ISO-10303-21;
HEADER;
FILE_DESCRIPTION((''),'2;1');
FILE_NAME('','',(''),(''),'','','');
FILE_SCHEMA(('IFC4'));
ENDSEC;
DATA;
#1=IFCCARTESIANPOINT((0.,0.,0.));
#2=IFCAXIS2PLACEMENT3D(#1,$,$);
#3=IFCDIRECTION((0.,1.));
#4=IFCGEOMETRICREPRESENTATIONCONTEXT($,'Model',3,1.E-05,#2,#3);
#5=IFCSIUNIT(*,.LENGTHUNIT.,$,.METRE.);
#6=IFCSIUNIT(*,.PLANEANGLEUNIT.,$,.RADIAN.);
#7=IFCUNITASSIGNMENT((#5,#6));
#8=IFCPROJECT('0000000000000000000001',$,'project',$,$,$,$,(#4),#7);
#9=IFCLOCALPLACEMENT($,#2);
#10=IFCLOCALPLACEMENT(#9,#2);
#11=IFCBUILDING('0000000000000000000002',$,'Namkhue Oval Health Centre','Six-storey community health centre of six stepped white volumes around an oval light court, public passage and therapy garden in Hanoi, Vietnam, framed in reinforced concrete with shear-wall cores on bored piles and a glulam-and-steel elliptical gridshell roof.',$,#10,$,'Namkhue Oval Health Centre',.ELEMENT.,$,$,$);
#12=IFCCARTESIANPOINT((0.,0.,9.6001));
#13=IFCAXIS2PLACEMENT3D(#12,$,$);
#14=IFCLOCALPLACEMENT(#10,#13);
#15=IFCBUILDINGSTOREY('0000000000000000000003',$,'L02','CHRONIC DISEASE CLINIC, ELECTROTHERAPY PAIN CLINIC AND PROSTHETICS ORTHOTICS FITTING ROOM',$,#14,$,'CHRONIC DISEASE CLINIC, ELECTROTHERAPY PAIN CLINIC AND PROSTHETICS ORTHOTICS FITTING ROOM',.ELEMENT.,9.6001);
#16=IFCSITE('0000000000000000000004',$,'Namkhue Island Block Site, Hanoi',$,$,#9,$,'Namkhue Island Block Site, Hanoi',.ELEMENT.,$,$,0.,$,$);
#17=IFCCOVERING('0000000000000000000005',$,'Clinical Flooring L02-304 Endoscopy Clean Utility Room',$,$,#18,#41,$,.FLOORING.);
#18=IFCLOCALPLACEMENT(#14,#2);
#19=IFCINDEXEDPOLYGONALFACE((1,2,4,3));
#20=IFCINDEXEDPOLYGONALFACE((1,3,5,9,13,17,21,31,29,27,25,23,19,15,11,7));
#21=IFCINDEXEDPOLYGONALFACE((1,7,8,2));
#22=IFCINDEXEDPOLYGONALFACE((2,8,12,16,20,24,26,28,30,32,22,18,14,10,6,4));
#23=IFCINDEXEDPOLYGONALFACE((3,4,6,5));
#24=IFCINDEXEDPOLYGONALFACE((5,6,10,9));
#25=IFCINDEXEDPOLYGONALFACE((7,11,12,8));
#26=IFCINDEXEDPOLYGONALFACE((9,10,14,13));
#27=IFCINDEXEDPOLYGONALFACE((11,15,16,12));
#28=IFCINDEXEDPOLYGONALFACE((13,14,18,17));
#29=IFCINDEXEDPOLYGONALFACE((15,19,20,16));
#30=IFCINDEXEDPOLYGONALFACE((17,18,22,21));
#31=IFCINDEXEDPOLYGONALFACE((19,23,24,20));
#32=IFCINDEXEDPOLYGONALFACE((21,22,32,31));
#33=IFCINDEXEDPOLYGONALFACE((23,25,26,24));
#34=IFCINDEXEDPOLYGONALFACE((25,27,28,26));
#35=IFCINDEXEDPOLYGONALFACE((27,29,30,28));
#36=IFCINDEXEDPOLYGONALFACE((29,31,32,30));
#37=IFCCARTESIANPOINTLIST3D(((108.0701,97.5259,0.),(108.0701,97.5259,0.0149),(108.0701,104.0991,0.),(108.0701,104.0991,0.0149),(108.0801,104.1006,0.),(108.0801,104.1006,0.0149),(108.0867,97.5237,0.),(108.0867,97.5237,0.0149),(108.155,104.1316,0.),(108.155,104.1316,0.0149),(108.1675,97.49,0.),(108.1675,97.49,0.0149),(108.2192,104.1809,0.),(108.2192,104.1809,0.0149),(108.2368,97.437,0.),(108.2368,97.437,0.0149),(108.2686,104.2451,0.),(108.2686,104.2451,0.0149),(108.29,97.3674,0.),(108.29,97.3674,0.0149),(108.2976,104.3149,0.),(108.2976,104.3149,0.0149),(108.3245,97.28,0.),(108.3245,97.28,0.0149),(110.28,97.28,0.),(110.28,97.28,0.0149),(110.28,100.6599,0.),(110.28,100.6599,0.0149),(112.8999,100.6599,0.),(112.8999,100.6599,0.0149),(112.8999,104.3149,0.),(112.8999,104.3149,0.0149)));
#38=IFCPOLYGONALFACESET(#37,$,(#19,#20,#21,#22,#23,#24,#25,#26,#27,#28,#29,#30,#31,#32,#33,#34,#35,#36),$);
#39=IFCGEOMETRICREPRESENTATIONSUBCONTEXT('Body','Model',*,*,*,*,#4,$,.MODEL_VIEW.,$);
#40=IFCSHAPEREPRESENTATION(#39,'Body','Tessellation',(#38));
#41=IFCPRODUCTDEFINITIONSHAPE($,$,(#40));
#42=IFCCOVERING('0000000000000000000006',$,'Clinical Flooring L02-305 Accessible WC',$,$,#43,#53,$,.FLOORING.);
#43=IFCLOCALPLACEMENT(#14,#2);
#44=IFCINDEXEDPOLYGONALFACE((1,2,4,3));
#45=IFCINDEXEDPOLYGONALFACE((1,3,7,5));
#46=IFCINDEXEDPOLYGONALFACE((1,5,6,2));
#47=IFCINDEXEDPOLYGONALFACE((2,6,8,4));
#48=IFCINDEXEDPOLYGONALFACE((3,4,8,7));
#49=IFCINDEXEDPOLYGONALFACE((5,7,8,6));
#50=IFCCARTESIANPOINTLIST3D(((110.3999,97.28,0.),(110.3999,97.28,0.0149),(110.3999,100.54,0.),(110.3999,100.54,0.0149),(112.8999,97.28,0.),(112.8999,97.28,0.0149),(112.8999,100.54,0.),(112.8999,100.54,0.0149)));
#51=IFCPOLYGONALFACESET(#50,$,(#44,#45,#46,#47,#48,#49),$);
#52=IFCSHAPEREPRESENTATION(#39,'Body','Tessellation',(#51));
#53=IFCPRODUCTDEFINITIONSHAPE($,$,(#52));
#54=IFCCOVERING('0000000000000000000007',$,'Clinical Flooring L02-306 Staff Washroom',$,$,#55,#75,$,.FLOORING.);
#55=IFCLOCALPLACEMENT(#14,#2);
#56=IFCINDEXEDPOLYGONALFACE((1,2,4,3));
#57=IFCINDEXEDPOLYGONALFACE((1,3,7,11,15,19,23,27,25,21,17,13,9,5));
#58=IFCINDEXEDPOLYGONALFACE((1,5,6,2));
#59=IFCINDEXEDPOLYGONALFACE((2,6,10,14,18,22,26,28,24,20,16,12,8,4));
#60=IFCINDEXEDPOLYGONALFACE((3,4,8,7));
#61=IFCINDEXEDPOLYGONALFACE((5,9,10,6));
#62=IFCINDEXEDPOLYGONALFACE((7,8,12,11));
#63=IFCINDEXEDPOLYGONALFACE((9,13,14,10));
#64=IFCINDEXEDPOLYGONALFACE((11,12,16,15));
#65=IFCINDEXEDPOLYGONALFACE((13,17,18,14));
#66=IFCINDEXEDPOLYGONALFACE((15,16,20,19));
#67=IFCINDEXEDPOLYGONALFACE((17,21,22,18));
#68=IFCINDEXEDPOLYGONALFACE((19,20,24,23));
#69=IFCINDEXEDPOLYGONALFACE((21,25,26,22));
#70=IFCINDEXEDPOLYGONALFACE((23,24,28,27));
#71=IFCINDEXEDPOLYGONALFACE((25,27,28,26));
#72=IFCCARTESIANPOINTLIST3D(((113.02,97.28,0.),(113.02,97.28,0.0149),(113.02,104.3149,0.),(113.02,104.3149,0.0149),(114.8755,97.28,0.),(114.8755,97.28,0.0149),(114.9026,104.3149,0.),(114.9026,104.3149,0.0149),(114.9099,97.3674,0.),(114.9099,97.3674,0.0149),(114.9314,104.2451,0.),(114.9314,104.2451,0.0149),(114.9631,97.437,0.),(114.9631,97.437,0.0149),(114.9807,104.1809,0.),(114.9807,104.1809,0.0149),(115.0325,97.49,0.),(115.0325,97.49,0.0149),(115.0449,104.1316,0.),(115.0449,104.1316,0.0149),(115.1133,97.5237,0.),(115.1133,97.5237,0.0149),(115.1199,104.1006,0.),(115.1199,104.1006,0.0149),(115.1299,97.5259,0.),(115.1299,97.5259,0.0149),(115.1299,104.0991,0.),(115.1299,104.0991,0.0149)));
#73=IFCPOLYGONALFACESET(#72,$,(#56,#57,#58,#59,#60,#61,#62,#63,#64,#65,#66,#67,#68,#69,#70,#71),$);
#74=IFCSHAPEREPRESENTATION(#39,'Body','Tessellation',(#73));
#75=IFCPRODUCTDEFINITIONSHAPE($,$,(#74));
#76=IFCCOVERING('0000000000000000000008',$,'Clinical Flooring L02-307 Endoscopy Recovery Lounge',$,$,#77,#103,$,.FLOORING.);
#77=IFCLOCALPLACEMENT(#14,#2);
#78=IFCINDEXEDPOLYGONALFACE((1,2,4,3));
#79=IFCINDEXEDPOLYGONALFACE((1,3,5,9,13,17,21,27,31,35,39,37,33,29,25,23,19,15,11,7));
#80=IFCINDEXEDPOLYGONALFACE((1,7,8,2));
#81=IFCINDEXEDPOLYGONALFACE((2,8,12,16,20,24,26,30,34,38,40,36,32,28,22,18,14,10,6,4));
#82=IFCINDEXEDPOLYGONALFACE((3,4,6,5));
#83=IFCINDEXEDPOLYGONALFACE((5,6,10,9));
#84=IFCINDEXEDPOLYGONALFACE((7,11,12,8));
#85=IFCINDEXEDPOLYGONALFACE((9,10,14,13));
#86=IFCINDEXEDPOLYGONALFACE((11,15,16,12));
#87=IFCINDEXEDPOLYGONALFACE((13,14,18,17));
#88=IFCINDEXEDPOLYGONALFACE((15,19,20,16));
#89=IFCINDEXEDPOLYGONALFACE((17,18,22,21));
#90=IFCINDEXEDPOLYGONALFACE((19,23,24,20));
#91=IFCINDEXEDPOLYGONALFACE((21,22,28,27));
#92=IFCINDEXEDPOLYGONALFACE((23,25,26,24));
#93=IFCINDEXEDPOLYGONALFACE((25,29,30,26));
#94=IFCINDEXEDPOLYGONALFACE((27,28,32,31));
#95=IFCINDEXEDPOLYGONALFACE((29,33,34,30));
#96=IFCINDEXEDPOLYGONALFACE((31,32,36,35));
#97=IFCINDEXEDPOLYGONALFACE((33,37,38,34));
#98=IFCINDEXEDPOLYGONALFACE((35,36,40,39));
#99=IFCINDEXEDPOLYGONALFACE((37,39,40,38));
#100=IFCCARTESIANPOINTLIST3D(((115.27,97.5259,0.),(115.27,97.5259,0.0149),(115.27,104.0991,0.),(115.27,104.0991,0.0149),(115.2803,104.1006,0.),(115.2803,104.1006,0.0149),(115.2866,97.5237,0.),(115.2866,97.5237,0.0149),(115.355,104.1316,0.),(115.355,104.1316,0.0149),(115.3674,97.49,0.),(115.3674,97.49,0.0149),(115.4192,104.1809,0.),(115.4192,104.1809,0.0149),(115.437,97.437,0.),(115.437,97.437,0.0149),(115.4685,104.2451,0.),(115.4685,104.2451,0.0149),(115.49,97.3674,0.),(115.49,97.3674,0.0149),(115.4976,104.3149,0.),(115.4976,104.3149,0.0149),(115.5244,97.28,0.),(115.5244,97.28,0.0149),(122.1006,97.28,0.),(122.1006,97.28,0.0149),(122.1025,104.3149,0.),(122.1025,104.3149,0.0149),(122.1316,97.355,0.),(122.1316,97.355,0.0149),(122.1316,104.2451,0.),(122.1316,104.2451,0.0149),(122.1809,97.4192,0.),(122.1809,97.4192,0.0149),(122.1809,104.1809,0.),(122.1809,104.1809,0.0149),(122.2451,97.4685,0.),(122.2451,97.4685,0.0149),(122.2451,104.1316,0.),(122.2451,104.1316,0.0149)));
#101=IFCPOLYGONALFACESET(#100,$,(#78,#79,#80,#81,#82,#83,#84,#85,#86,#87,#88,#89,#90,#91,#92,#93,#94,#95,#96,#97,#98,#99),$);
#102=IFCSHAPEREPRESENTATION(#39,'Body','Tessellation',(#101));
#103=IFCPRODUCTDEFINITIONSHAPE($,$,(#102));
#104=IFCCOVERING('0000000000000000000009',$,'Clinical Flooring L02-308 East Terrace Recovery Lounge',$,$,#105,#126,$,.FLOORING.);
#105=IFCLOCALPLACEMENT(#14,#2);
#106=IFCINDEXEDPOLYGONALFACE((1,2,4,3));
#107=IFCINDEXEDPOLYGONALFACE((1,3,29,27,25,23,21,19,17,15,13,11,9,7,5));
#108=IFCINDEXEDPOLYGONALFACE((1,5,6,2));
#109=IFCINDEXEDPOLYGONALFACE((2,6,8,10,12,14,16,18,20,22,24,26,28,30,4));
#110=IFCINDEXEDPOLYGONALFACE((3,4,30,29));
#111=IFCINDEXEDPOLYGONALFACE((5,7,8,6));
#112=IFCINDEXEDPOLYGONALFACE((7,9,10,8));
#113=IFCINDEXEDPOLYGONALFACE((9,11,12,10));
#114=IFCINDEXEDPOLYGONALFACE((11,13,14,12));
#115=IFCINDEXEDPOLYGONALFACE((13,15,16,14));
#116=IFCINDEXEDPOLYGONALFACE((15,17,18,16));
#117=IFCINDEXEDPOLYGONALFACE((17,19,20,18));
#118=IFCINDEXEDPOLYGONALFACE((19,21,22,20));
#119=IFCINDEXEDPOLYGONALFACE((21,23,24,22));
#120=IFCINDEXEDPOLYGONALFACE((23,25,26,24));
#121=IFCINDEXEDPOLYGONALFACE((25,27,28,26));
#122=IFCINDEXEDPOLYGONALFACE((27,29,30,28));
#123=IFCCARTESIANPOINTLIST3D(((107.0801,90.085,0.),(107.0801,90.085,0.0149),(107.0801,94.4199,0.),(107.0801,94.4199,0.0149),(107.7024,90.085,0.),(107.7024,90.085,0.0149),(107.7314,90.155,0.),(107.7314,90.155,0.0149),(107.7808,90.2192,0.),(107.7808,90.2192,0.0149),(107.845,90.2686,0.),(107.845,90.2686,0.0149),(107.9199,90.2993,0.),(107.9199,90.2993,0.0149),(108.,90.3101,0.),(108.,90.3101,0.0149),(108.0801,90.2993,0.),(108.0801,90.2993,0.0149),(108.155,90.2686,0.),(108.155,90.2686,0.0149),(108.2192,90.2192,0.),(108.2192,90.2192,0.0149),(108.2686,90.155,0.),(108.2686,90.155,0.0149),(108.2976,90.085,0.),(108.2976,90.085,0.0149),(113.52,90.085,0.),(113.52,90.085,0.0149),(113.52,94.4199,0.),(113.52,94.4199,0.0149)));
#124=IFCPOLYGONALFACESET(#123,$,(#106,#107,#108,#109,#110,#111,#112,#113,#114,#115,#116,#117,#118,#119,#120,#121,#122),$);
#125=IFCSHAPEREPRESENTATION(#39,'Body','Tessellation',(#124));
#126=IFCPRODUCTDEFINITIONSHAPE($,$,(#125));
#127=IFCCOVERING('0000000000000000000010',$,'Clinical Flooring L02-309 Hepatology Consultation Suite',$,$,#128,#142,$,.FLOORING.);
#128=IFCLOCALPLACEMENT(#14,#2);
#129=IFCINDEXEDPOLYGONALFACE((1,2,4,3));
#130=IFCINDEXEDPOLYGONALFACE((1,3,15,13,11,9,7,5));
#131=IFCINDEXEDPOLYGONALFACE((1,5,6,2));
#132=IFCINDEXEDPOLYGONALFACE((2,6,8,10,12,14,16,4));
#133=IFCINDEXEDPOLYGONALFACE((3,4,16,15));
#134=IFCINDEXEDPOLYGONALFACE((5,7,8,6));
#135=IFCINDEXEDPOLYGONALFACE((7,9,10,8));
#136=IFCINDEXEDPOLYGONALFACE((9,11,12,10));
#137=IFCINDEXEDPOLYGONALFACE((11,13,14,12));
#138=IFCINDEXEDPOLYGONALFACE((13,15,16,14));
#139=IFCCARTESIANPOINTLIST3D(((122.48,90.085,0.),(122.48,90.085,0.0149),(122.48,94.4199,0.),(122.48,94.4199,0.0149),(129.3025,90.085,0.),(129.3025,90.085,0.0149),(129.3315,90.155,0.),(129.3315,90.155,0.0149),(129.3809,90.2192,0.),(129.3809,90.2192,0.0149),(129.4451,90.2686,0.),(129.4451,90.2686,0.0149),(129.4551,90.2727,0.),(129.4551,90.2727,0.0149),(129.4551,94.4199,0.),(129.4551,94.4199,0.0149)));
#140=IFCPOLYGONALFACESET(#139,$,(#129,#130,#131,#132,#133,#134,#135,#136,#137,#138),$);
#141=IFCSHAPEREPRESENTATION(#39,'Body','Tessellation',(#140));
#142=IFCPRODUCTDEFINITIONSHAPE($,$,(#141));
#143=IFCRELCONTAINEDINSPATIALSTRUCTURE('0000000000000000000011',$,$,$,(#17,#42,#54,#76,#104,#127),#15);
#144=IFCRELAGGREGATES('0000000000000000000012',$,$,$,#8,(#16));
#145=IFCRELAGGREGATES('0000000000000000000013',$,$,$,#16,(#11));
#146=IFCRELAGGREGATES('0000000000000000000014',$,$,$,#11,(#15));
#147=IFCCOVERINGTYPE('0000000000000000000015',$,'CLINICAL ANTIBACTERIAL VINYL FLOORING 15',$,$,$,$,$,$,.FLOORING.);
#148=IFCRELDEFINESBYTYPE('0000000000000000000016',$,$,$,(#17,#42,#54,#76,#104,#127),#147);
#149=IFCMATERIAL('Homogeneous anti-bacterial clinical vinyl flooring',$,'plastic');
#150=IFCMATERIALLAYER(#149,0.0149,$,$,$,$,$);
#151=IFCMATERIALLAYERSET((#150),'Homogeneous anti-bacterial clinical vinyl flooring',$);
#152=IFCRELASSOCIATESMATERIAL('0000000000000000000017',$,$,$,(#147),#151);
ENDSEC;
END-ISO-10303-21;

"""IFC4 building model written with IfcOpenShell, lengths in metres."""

from ifc_helpers import new_model, si_unit, direction, frame, origin, place, context, subcontext, project, spatial, polyline, outline, extrude, material, layer, layer_set, type_object, element, save


model = new_model("IFC4")

# Units and contexts
model_context = context("Model", 3, precision=1e-05, world=origin(), true_north=direction((0.0, 1.0)))
body_context = subcontext(model_context, "Body", "Model", "MODEL_VIEW")
ifc_project = project(units=[si_unit("LENGTHUNIT", "METRE"), si_unit("PLANEANGLEUNIT", "RADIAN")], contexts=[model_context])

# Site, building, storey
site_placement = place(None, origin())
site = spatial("IfcSite", under=ifc_project, at=site_placement, Name="Namkhue Island Block Site, Hanoi", LongName="Namkhue Island Block Site, Hanoi", CompositionType="ELEMENT", RefElevation=0.0)
building_placement = place(site_placement, origin())
building = spatial("IfcBuilding", under=site, at=building_placement, Name="Namkhue Oval Health Centre", Description="Six-storey community health centre of six stepped white volumes around an oval light court, public passage and therapy garden in Hanoi, Vietnam, framed in reinforced concrete with shear-wall cores on bored piles and a glulam-and-steel elliptical gridshell roof.", LongName="Namkhue Oval Health Centre", CompositionType="ELEMENT")
storey_placement = place(building_placement, frame((0.0, 0.0, 9.6001)))
storey = spatial("IfcBuildingStorey", under=building, at=storey_placement, Name="L02", Description="CHRONIC DISEASE CLINIC, ELECTROTHERAPY PAIN CLINIC AND PROSTHETICS ORTHOTICS FITTING ROOM", LongName="CHRONIC DISEASE CLINIC, ELECTROTHERAPY PAIN CLINIC AND PROSTHETICS ORTHOTICS FITTING ROOM", CompositionType="ELEMENT", Elevation=9.6001)

# Coverings
ifc_material = material(Name="Homogeneous anti-bacterial clinical vinyl flooring", Category="plastic")
ifc_layer = layer(ifc_material, 0.0149)
ifc_layer_set = layer_set([ifc_layer], Name="Homogeneous anti-bacterial clinical vinyl flooring")
covering_type = type_object("IfcCoveringType", Name="CLINICAL ANTIBACTERIAL VINYL FLOORING 15", PredefinedType="FLOORING", material=ifc_layer_set)
covering_1_placement = place(storey_placement, origin())
element("IfcCovering", 1, at=covering_1_placement, inside=storey, type_object=covering_type, Name="Clinical Flooring L02-304 Endoscopy Clean Utility Room", PredefinedType="FLOORING", context=body_context, shape_type="SweptSolid", body=[
    extrude(outline(polyline([(112.8999, 104.3149), (112.8999, 100.6599), (110.28, 100.6599), (110.28, 97.28), (108.3245, 97.28), (108.29, 97.3674), (108.2368, 97.437), (108.1675, 97.49), (108.0867, 97.5237), (108.0701, 97.5259), (108.0701, 104.0991), (108.0801, 104.1006), (108.155, 104.1316), (108.2192, 104.1809), (108.2686, 104.2451), (108.2976, 104.3149), (112.8999, 104.3149)])), origin(), (0.0, 0.0, 1.0), 0.0149),
])
covering_2_placement = place(storey_placement, origin())
element("IfcCovering", 2, at=covering_2_placement, inside=storey, type_object=covering_type, Name="Clinical Flooring L02-305 Accessible WC", PredefinedType="FLOORING", context=body_context, shape_type="SweptSolid", body=[
    extrude(outline(polyline([(112.8999, 100.54), (112.8999, 97.28), (110.3999, 97.28), (110.3999, 100.54), (112.8999, 100.54)])), origin(), (0.0, 0.0, 1.0), 0.0149),
])
covering_3_placement = place(storey_placement, origin())
element("IfcCovering", 3, at=covering_3_placement, inside=storey, type_object=covering_type, Name="Clinical Flooring L02-306 Staff Washroom", PredefinedType="FLOORING", context=body_context, shape_type="SweptSolid", body=[
    extrude(outline(polyline([(113.02, 97.28), (113.02, 104.3149), (114.9026, 104.3149), (114.9314, 104.2451), (114.9807, 104.1809), (115.0449, 104.1316), (115.1199, 104.1006), (115.1299, 104.0991), (115.1299, 97.5259), (115.1133, 97.5237), (115.0325, 97.49), (114.9631, 97.437), (114.9099, 97.3674), (114.8755, 97.28), (113.02, 97.28)])), origin(), (0.0, 0.0, 1.0), 0.0149),
])
covering_4_placement = place(storey_placement, origin())
element("IfcCovering", 4, at=covering_4_placement, inside=storey, type_object=covering_type, Name="Clinical Flooring L02-307 Endoscopy Recovery Lounge", PredefinedType="FLOORING", context=body_context, shape_type="SweptSolid", body=[
    extrude(outline(polyline([(115.5244, 97.28), (115.49, 97.3674), (115.437, 97.437), (115.3674, 97.49), (115.2866, 97.5237), (115.27, 97.5259), (115.27, 104.0991), (115.2803, 104.1006), (115.355, 104.1316), (115.4192, 104.1809), (115.4685, 104.2451), (115.4976, 104.3149), (122.1025, 104.3149), (122.1316, 104.2451), (122.1809, 104.1809), (122.2451, 104.1316), (122.2451, 97.4685), (122.1809, 97.4192), (122.1316, 97.355), (122.1006, 97.28), (115.5244, 97.28)])), origin(), (0.0, 0.0, 1.0), 0.0149),
])
covering_5_placement = place(storey_placement, origin())
element("IfcCovering", 5, at=covering_5_placement, inside=storey, type_object=covering_type, Name="Clinical Flooring L02-308 East Terrace Recovery Lounge", PredefinedType="FLOORING", context=body_context, shape_type="SweptSolid", body=[
    extrude(outline(polyline([(108.2976, 90.085), (108.2686, 90.155), (108.2192, 90.2192), (108.155, 90.2686), (108.0801, 90.2993), (108.0, 90.3101), (107.9199, 90.2993), (107.845, 90.2686), (107.7808, 90.2192), (107.7314, 90.155), (107.7024, 90.085), (107.0801, 90.085), (107.0801, 94.4199), (113.52, 94.4199), (113.52, 90.085), (108.2976, 90.085)])), origin(), (0.0, 0.0, 1.0), 0.0149),
])
covering_6_placement = place(storey_placement, origin())
element("IfcCovering", 6, at=covering_6_placement, inside=storey, type_object=covering_type, Name="Clinical Flooring L02-309 Hepatology Consultation Suite", PredefinedType="FLOORING", context=body_context, shape_type="SweptSolid", body=[
    extrude(outline(polyline([(122.48, 90.085), (122.48, 94.4199), (129.4551, 94.4199), (129.4551, 90.2727), (129.4451, 90.2686), (129.3809, 90.2192), (129.3315, 90.155), (129.3025, 90.085), (122.48, 90.085)])), origin(), (0.0, 0.0, 1.0), 0.0149),
])

save(model, "model.ifc")
